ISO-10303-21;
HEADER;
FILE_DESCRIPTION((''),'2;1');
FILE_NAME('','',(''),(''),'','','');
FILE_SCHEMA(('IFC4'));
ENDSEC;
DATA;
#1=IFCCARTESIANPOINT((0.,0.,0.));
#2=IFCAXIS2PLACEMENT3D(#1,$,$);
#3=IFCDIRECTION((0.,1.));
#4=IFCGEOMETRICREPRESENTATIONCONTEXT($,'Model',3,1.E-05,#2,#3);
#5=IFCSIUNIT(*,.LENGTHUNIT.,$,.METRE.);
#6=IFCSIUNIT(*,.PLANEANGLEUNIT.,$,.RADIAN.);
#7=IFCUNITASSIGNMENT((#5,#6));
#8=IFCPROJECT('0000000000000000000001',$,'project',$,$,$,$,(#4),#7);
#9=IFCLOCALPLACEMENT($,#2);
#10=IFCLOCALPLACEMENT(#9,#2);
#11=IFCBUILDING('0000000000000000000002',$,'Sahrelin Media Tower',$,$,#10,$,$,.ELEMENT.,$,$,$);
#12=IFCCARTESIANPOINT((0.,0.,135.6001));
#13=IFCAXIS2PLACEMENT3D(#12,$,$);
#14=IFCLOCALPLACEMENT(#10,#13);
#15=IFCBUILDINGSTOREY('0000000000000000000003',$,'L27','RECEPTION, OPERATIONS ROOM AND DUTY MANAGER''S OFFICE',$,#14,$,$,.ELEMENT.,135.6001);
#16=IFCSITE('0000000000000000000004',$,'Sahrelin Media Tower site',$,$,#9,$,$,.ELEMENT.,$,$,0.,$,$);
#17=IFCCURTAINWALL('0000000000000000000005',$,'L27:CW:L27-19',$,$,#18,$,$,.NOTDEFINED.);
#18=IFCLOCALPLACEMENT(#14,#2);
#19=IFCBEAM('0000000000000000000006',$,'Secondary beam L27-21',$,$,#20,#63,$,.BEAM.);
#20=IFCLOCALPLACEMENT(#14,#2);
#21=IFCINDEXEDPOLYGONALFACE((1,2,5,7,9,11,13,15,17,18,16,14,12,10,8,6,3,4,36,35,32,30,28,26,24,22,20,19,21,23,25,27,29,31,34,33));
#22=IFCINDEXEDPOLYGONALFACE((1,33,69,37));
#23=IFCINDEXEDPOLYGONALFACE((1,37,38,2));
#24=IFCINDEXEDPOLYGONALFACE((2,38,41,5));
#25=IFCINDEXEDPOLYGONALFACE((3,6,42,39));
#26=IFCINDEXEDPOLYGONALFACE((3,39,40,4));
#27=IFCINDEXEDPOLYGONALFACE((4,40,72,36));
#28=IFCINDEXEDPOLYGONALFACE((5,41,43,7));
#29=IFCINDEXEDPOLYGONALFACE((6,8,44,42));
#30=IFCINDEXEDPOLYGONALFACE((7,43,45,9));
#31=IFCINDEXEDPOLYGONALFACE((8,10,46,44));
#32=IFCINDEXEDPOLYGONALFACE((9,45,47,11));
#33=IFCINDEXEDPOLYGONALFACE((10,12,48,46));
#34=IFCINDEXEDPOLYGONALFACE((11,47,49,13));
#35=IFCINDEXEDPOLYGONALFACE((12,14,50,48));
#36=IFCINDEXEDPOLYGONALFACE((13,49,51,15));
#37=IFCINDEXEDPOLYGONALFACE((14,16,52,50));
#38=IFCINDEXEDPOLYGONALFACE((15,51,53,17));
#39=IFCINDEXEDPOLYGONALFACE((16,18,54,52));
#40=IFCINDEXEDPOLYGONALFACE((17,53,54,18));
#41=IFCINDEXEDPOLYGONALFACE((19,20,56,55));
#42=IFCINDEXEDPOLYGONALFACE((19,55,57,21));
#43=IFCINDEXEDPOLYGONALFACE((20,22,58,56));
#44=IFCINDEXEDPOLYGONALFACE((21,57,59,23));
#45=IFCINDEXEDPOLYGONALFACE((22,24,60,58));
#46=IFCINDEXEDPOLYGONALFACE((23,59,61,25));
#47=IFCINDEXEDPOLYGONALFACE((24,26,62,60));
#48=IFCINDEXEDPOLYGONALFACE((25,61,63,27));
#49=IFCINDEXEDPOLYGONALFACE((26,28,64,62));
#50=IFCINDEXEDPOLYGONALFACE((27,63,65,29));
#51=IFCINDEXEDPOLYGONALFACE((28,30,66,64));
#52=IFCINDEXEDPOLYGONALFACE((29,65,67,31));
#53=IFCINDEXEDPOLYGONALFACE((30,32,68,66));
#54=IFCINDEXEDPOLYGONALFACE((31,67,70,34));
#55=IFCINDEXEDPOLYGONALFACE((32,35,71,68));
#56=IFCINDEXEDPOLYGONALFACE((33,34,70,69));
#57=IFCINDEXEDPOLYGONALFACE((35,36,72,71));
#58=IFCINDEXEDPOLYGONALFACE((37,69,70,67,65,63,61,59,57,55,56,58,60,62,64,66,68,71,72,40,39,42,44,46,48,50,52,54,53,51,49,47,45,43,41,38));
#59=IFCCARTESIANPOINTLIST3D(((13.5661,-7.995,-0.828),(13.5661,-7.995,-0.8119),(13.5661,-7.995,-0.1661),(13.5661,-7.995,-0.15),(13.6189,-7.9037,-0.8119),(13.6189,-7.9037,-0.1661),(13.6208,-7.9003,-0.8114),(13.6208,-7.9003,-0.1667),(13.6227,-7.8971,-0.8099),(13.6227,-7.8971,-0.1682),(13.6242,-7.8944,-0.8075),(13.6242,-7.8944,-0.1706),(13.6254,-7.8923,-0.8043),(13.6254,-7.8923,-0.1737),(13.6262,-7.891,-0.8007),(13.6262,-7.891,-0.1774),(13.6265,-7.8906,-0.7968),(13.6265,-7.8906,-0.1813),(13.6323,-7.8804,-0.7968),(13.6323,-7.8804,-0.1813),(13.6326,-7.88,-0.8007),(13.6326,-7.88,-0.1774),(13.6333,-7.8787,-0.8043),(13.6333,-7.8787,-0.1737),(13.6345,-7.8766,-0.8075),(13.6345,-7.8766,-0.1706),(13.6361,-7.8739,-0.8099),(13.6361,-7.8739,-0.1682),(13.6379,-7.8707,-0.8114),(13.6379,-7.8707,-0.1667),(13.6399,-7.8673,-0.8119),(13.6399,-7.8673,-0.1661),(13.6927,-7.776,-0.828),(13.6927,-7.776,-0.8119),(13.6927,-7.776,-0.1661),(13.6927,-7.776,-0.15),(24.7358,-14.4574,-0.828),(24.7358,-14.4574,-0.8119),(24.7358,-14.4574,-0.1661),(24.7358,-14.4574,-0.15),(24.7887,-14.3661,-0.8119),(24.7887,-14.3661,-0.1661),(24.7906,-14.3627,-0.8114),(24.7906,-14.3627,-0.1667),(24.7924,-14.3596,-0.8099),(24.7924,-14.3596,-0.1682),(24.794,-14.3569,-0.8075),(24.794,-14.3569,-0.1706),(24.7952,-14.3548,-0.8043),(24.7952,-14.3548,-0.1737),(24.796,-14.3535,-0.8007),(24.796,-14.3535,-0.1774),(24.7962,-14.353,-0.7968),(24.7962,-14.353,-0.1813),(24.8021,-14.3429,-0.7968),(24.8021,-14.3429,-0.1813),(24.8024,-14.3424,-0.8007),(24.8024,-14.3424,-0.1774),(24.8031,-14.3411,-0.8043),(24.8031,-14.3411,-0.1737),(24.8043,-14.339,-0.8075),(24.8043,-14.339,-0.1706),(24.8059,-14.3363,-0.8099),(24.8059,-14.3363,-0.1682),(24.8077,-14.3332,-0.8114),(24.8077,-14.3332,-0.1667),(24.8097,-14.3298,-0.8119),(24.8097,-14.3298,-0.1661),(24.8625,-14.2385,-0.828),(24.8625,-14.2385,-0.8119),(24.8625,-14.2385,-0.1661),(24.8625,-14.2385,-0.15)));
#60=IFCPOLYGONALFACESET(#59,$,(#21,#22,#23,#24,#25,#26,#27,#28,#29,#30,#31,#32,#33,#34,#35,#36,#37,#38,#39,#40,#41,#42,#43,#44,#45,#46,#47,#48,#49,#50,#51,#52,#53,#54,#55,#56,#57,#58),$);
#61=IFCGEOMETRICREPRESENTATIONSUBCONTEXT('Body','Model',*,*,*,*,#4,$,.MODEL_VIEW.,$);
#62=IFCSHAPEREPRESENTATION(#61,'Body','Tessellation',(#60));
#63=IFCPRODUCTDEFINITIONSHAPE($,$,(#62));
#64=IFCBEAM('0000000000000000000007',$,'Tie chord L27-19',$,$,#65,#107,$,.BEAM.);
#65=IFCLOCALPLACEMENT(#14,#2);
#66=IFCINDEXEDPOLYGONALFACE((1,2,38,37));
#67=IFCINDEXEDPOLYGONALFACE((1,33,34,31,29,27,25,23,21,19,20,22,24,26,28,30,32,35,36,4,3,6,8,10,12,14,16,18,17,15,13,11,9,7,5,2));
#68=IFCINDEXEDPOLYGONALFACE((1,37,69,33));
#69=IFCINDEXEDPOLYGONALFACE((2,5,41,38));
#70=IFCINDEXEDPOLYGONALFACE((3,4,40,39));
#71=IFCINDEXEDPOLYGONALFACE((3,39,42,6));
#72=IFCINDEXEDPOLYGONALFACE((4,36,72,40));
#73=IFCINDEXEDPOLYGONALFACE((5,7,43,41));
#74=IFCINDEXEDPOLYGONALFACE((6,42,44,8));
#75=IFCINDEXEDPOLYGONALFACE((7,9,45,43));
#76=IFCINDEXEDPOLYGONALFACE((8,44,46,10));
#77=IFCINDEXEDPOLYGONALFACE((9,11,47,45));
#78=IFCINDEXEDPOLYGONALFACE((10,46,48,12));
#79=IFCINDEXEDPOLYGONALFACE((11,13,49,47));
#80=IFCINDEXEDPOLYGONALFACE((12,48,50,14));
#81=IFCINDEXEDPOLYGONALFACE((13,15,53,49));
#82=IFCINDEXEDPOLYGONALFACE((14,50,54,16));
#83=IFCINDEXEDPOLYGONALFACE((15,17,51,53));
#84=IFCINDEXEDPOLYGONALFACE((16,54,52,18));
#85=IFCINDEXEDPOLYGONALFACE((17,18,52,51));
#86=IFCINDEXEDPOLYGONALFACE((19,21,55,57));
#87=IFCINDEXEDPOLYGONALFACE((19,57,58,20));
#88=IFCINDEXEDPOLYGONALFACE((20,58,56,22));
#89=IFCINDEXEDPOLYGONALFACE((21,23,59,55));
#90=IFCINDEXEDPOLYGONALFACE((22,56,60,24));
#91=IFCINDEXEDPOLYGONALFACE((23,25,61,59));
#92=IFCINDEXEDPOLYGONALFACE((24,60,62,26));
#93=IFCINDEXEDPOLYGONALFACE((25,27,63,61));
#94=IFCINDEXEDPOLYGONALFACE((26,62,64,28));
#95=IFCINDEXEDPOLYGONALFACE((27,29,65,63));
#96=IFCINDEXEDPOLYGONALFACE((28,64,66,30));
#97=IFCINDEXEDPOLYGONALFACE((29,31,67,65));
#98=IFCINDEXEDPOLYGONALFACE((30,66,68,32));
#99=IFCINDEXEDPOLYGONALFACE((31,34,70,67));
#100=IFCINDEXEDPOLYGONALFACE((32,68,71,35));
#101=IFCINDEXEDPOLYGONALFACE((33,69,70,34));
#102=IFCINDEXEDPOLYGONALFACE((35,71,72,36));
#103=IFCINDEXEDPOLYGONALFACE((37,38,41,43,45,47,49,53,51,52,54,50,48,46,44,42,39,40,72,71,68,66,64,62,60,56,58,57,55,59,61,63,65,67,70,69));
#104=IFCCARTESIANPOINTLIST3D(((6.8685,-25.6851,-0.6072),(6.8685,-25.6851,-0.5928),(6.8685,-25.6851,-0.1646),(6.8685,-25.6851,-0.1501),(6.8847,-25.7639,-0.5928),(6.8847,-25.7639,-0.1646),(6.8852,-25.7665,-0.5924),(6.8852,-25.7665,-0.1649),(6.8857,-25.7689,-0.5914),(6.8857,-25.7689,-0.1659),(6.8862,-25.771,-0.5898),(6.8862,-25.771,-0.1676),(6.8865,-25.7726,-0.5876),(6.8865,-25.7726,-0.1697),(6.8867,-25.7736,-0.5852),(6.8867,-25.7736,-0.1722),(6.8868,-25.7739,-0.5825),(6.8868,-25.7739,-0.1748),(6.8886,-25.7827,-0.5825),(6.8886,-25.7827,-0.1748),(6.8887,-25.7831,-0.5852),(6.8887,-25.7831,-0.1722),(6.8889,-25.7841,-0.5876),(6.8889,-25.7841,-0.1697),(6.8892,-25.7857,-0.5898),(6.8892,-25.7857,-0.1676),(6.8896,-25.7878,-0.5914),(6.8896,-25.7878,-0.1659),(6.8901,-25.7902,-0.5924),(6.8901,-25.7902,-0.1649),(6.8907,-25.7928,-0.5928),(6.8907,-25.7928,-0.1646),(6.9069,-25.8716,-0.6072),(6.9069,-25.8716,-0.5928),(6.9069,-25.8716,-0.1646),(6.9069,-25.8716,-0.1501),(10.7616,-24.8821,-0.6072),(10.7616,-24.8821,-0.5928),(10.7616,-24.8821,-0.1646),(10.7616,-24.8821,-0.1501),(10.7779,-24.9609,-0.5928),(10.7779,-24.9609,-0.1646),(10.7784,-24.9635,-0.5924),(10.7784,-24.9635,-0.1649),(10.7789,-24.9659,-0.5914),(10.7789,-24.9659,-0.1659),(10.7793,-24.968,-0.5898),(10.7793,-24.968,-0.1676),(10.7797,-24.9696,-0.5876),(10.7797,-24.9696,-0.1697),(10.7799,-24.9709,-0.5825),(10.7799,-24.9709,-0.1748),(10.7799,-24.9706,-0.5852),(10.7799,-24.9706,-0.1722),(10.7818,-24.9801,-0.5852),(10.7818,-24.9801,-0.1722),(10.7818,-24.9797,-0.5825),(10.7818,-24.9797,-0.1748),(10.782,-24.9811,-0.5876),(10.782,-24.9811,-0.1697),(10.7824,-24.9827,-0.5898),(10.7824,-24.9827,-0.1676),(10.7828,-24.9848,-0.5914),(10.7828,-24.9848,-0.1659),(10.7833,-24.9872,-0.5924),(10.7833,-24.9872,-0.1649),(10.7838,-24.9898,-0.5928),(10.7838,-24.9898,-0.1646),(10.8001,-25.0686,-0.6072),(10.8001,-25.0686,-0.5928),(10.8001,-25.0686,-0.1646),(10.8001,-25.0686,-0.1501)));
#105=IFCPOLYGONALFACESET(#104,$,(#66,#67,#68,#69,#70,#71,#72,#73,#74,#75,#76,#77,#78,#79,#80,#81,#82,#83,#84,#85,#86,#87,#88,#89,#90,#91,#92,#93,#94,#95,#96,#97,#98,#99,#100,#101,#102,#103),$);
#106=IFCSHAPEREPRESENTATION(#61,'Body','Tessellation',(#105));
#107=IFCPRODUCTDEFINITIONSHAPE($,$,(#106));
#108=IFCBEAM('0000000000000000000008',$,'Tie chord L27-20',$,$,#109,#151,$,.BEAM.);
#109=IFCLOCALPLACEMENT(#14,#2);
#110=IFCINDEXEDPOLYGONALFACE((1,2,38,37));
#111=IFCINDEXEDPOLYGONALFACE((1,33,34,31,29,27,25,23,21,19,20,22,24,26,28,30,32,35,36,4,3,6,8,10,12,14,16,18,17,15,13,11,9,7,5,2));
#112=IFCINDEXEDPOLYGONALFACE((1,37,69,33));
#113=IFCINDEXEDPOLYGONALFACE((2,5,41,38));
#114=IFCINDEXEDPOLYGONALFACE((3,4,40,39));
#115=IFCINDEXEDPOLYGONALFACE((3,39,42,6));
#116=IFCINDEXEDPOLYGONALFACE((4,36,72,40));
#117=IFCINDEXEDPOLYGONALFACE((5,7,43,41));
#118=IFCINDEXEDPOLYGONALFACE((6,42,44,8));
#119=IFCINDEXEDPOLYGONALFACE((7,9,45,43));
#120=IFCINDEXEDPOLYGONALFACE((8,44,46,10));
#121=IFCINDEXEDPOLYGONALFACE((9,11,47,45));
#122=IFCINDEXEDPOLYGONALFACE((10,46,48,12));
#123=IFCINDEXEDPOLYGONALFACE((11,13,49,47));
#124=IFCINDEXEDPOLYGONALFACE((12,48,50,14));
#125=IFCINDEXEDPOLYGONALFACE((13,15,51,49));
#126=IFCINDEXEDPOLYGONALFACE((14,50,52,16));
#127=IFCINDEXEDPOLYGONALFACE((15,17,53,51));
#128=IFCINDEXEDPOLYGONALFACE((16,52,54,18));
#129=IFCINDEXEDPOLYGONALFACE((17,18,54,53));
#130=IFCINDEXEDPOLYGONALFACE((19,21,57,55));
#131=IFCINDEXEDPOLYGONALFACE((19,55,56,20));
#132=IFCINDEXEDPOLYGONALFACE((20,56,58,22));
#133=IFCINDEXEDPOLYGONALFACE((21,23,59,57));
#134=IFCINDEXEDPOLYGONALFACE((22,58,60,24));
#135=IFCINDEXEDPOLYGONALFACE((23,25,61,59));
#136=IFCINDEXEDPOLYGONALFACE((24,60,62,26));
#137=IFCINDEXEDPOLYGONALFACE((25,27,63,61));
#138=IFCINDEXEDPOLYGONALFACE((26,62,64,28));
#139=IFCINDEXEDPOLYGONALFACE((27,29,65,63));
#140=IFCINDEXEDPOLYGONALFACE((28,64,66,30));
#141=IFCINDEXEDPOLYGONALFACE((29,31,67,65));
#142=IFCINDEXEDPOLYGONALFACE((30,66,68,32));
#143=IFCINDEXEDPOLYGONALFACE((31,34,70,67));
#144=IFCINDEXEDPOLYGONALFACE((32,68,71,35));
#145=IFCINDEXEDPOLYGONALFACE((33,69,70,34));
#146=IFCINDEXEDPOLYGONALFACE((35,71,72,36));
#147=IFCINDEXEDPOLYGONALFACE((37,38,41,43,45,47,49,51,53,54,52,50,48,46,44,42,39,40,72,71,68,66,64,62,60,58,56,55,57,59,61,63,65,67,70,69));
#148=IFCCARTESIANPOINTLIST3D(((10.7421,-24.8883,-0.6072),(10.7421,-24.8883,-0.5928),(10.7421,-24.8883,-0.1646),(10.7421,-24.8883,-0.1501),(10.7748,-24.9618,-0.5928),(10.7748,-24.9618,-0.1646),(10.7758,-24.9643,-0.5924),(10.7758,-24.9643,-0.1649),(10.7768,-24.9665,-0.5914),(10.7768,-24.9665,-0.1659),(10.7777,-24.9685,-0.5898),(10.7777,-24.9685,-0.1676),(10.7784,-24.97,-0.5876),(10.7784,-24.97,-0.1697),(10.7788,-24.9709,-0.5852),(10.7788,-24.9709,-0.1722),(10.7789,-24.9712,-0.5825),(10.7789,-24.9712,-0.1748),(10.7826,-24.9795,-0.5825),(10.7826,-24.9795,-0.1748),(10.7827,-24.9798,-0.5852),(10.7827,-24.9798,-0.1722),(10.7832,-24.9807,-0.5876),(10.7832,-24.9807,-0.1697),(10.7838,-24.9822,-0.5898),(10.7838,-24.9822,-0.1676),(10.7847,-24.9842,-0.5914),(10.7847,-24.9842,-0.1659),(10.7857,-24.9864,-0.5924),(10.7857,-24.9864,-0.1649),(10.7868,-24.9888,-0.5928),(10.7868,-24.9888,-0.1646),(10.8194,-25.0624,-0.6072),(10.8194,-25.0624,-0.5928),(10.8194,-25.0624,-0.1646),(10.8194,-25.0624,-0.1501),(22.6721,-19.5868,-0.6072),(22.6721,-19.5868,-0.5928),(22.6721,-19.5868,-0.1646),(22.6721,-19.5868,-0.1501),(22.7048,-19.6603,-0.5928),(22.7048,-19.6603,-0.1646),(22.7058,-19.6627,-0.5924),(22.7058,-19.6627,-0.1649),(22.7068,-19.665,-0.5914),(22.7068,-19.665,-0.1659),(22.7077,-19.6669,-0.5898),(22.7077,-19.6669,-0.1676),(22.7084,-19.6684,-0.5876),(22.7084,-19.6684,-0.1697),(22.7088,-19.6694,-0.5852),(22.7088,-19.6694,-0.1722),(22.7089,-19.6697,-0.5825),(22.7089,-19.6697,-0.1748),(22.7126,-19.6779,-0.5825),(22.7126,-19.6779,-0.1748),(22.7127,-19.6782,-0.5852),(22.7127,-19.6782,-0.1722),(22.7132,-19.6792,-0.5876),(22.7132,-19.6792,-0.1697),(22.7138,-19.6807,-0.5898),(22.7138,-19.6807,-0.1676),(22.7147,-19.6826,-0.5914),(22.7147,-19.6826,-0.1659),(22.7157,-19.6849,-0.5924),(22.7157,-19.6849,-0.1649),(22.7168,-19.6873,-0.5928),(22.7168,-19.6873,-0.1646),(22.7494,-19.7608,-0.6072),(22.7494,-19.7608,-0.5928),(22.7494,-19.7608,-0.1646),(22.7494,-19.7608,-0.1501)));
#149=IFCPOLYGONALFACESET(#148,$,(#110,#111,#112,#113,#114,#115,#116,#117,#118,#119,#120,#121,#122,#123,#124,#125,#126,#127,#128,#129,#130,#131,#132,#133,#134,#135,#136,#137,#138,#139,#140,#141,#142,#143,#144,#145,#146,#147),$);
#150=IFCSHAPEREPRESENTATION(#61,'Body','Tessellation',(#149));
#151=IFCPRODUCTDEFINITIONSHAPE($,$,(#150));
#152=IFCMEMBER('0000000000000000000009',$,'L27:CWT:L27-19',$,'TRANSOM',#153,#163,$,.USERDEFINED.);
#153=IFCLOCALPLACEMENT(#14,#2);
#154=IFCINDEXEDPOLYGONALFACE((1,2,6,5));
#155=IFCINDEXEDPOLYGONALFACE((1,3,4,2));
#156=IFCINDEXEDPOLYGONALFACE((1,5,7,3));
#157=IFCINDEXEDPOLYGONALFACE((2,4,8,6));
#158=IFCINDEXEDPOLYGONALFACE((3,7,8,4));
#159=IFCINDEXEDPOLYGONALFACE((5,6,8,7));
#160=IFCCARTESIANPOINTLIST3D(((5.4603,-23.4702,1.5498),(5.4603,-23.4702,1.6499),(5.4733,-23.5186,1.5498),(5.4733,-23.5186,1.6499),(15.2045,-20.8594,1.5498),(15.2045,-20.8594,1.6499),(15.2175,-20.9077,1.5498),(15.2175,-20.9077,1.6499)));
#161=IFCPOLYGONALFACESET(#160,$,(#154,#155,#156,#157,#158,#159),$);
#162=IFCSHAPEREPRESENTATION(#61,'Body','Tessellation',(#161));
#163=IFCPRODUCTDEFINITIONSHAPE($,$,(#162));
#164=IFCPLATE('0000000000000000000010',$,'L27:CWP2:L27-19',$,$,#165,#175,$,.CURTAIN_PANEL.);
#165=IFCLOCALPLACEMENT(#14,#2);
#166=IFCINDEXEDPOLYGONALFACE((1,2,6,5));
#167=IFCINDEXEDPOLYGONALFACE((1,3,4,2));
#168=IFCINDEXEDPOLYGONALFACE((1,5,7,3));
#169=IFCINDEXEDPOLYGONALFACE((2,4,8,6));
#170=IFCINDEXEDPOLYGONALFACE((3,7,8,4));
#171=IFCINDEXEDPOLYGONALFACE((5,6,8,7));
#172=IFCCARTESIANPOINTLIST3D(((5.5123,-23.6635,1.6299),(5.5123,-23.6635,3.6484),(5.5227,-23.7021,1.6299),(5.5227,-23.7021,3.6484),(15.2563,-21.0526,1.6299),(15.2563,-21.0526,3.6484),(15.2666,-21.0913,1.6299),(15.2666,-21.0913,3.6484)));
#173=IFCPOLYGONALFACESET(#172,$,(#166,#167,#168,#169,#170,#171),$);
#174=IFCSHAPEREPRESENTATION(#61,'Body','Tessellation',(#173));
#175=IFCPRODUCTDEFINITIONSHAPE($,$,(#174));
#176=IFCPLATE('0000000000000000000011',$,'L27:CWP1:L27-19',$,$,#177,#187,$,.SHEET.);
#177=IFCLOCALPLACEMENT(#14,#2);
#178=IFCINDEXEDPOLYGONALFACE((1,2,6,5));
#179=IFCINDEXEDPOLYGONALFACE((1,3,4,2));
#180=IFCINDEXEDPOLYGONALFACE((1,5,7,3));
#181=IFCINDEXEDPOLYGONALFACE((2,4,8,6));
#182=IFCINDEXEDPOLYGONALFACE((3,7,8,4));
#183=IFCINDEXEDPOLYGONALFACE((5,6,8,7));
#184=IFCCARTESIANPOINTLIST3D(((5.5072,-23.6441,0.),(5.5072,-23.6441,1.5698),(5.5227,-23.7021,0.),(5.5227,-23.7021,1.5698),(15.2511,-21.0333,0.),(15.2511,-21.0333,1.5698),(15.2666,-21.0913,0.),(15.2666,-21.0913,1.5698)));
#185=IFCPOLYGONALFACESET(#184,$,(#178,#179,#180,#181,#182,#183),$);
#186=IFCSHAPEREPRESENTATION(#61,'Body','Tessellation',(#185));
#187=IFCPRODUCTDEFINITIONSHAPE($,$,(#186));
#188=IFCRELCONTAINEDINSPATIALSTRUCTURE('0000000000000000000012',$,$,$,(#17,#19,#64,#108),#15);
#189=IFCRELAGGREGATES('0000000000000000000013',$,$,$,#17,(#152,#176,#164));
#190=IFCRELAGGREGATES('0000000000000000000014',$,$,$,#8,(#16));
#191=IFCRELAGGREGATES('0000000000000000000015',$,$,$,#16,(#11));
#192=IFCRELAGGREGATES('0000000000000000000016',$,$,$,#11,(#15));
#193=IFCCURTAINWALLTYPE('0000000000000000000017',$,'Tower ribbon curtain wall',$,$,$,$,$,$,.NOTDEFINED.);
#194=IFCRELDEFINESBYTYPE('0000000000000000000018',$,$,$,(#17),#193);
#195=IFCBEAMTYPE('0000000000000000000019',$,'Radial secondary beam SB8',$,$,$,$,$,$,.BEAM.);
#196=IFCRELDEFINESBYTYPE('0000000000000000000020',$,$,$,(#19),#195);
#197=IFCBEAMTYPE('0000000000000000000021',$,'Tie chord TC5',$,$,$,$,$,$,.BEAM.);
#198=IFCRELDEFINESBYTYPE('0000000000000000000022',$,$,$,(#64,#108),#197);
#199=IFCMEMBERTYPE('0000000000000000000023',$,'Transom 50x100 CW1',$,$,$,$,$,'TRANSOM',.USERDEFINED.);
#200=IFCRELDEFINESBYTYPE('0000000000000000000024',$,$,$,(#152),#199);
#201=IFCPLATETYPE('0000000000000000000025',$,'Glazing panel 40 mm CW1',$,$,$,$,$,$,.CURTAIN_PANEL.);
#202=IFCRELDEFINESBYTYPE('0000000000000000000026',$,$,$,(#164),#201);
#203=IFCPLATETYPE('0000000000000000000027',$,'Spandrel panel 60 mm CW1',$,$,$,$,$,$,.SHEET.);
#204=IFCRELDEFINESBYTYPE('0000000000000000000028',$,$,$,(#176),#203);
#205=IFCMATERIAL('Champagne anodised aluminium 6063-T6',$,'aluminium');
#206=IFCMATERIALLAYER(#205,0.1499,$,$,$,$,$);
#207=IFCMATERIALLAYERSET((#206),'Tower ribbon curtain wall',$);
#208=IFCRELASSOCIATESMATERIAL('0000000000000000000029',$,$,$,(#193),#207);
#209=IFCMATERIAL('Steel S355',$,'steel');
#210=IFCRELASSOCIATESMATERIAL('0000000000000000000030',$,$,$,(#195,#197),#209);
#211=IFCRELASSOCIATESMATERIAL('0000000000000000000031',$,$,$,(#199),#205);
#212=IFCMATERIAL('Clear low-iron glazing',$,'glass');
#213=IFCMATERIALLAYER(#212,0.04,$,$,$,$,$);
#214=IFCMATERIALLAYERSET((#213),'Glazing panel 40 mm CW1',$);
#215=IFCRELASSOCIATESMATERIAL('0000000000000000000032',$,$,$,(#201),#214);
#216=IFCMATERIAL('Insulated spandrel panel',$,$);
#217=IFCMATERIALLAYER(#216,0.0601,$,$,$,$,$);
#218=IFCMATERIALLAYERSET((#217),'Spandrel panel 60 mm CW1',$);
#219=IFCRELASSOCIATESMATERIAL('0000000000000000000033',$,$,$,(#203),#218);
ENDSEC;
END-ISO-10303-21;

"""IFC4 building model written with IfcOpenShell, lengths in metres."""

from ifc_helpers import new_model, si_unit, direction, frame, origin, origin_2d, place, context, subcontext, project, spatial, polyline, rectangle, i_section, outline, extrude, material, layer, layer_set, material_profile, profile_set, type_object, element, aggregate, save


model = new_model("IFC4")

# Units and contexts
model_context = context("Model", 3, precision=1e-05, world=origin(), true_north=direction((0.0, 1.0)))
body_context = subcontext(model_context, "Body", "Model", "MODEL_VIEW")
ifc_project = project(units=[si_unit("LENGTHUNIT", "METRE"), si_unit("PLANEANGLEUNIT", "RADIAN")], contexts=[model_context])

# Site, building, storey
site_placement = place(None, origin())
site = spatial("IfcSite", under=ifc_project, at=site_placement, Name="Sahrelin Media Tower site", CompositionType="ELEMENT", RefElevation=0.0)
building_placement = place(site_placement, origin())
building = spatial("IfcBuilding", under=site, at=building_placement, Name="Sahrelin Media Tower", CompositionType="ELEMENT")
storey_placement = place(building_placement, frame((0.0, 0.0, 135.6001)))
storey = spatial("IfcBuildingStorey", under=building, at=storey_placement, Name="L27", Description="RECEPTION, OPERATIONS ROOM AND DUTY MANAGER'S OFFICE", CompositionType="ELEMENT", Elevation=135.6001)

# Shared definitions
ifc_material_1 = material(Name="Steel S355", Category="steel")

# Curtain wall
ifc_material_2 = material(Name="Champagne anodised aluminium 6063-T6", Category="aluminium")
ifc_layer_1 = layer(ifc_material_2, 0.1499)
ifc_layer_set_1 = layer_set([ifc_layer_1], Name="Tower ribbon curtain wall")
curtain_wall_type = type_object("IfcCurtainWallType", Name="Tower ribbon curtain wall", PredefinedType="NOTDEFINED", material=ifc_layer_set_1)
curtain_wall_placement = place(storey_placement, frame((10.3894, -22.3772, 0.0), z_axis=(0.0, 0.0, 1.0), x_axis=(1.0, 0.0, 0.0)))
curtain_wall = element("IfcCurtainWall", 1, at=curtain_wall_placement, inside=storey, type_object=curtain_wall_type, Name="L27:CW:L27-19", PredefinedType="NOTDEFINED")

# Beams
ifc_material_profile_1 = material_profile(ifc_material_1, i_section(OverallWidth=0.2529, OverallDepth=0.678, WebThickness=0.0117, FlangeThickness=0.0161, FilletRadius=0.0151, at=origin_2d()), Name="UB 686x254x125")
ifc_profile_set_1 = profile_set([ifc_material_profile_1], Name="Steel S355")
beam_type_1 = type_object("IfcBeamType", Name="Radial secondary beam SB8", PredefinedType="BEAM", material=ifc_profile_set_1)
beam_1_placement = place(storey_placement, frame((13.6294, -7.8855, -0.489), z_axis=(0.865569, -0.500789, 0.0), x_axis=(0.500789, 0.865569, 0.0)))
element("IfcBeam", 2, at=beam_1_placement, inside=storey, type_object=beam_type_1, Name="Secondary beam L27-21", PredefinedType="BEAM", context=body_context, shape_type="SweptSolid", body=[
    extrude(i_section(OverallWidth=0.2529, OverallDepth=0.678, WebThickness=0.0117, FlangeThickness=0.0161, FilletRadius=0.0151, at=origin_2d()), origin(), (0.0, 0.0, 1.0), 12.9045),
])
ifc_material_profile_2 = material_profile(ifc_material_1, i_section(OverallWidth=0.1904, OverallDepth=0.457, WebThickness=0.009, FlangeThickness=0.0144, FilletRadius=0.0103, at=origin_2d()), Name="UB 457x191x74")
ifc_profile_set_2 = profile_set([ifc_material_profile_2], Name="Steel S355")
beam_type_2 = type_object("IfcBeamType", Name="Tie chord TC5", PredefinedType="BEAM", material=ifc_profile_set_2)
beam_2_placement = place(storey_placement, frame((6.8877, -25.7783, -0.3787), z_axis=(0.979384, 0.202006, 0.0), x_axis=(-0.202006, 0.979384, 0.0)))
element("IfcBeam", 3, at=beam_2_placement, inside=storey, type_object=beam_type_2, Name="Tie chord L27-19", PredefinedType="BEAM", context=body_context, shape_type="SweptSolid", body=[
    extrude(i_section(OverallWidth=0.1904, OverallDepth=0.457, WebThickness=0.009, FlangeThickness=0.0144, FilletRadius=0.0103, at=origin_2d()), origin(), (0.0, 0.0, 1.0), 3.9751),
])
beam_3_placement = place(storey_placement, frame((10.7808, -24.9753, -0.3787), z_axis=(0.913831, 0.406095, 0.0), x_axis=(-0.406095, 0.913831, 0.0)))
element("IfcBeam", 4, at=beam_3_placement, inside=storey, type_object=beam_type_2, Name="Tie chord L27-20", PredefinedType="BEAM", context=body_context, shape_type="SweptSolid", body=[
    extrude(i_section(OverallWidth=0.1904, OverallDepth=0.457, WebThickness=0.009, FlangeThickness=0.0144, FilletRadius=0.0103, at=origin_2d()), origin(), (0.0, 0.0, 1.0), 13.0549),
])

# Member
ifc_material_profile_3 = material_profile(ifc_material_2, rectangle(XDim=0.05, YDim=0.1001, at=origin_2d()), Name="Transom 50x100")
ifc_profile_set_3 = profile_set([ifc_material_profile_3], Name="Champagne anodised aluminium 6063-T6")
member_type_1 = type_object("IfcMemberType", Name="Transom 50x100 CW1", ElementType="TRANSOM", PredefinedType="USERDEFINED", material=ifc_profile_set_3)
member_1_placement = place(storey_placement, frame((5.4668, -23.4944, 1.5999), z_axis=(0.965928, 0.25881, 0.0), x_axis=(-0.25881, 0.965928, 0.0)))
member_1 = element("IfcMember", 5, at=member_1_placement, type_object=member_type_1, Name="L27:CWT:L27-19", ObjectType="TRANSOM", PredefinedType="USERDEFINED", context=body_context, shape_type="SweptSolid", body=[
    extrude(rectangle(XDim=0.05, YDim=0.1001, at=origin_2d()), origin(), (0.0, 0.0, 1.0), 10.0879),
])

# Plates
ifc_material_3 = material(Name="Clear low-iron glazing", Category="glass")
ifc_layer_2 = layer(ifc_material_3, 0.04)
ifc_layer_set_2 = layer_set([ifc_layer_2], Name="Glazing panel 40 mm CW1")
plate_type_1 = type_object("IfcPlateType", Name="Glazing panel 40 mm CW1", PredefinedType="CURTAIN_PANEL", material=ifc_layer_set_2)
plate_1_placement = place(storey_placement, frame((5.5227, -23.7021, 1.6299), z_axis=(0.258816, -0.965927, 0.0), x_axis=(0.965927, 0.258816, 0.0)))
plate_1 = element("IfcPlate", 6, at=plate_1_placement, type_object=plate_type_1, Name="L27:CWP2:L27-19", PredefinedType="CURTAIN_PANEL", context=body_context, shape_type="SweptSolid", body=[
    extrude(outline(polyline([(0.0, 0.0), (10.0876, 0.0), (10.0876, 2.0186), (0.0, 2.0186), (0.0, 0.0)])), origin(), (0.0, 0.0, -1.0), 0.04),
])
ifc_material_4 = material(Name="Insulated spandrel panel")
ifc_layer_3 = layer(ifc_material_4, 0.0601)
ifc_layer_set_3 = layer_set([ifc_layer_3], Name="Spandrel panel 60 mm CW1")
plate_type_2 = type_object("IfcPlateType", Name="Spandrel panel 60 mm CW1", PredefinedType="SHEET", material=ifc_layer_set_3)
plate_2_placement = place(storey_placement, frame((5.5227, -23.7021, 0.0), z_axis=(0.258816, -0.965927, 0.0), x_axis=(0.965927, 0.258816, 0.0)))
plate_2 = element("IfcPlate", 7, at=plate_2_placement, type_object=plate_type_2, Name="L27:CWP1:L27-19", PredefinedType="SHEET", context=body_context, shape_type="SweptSolid", body=[
    extrude(outline(polyline([(0.0, 0.0), (10.0876, 0.0), (10.0876, 1.5698), (0.0, 1.5698), (0.0, 0.0)])), origin(), (0.0, 0.0, -1.0), 0.0601),
])
aggregate(curtain_wall, [member_1, plate_2, plate_1])

save(model, "model.ifc")
